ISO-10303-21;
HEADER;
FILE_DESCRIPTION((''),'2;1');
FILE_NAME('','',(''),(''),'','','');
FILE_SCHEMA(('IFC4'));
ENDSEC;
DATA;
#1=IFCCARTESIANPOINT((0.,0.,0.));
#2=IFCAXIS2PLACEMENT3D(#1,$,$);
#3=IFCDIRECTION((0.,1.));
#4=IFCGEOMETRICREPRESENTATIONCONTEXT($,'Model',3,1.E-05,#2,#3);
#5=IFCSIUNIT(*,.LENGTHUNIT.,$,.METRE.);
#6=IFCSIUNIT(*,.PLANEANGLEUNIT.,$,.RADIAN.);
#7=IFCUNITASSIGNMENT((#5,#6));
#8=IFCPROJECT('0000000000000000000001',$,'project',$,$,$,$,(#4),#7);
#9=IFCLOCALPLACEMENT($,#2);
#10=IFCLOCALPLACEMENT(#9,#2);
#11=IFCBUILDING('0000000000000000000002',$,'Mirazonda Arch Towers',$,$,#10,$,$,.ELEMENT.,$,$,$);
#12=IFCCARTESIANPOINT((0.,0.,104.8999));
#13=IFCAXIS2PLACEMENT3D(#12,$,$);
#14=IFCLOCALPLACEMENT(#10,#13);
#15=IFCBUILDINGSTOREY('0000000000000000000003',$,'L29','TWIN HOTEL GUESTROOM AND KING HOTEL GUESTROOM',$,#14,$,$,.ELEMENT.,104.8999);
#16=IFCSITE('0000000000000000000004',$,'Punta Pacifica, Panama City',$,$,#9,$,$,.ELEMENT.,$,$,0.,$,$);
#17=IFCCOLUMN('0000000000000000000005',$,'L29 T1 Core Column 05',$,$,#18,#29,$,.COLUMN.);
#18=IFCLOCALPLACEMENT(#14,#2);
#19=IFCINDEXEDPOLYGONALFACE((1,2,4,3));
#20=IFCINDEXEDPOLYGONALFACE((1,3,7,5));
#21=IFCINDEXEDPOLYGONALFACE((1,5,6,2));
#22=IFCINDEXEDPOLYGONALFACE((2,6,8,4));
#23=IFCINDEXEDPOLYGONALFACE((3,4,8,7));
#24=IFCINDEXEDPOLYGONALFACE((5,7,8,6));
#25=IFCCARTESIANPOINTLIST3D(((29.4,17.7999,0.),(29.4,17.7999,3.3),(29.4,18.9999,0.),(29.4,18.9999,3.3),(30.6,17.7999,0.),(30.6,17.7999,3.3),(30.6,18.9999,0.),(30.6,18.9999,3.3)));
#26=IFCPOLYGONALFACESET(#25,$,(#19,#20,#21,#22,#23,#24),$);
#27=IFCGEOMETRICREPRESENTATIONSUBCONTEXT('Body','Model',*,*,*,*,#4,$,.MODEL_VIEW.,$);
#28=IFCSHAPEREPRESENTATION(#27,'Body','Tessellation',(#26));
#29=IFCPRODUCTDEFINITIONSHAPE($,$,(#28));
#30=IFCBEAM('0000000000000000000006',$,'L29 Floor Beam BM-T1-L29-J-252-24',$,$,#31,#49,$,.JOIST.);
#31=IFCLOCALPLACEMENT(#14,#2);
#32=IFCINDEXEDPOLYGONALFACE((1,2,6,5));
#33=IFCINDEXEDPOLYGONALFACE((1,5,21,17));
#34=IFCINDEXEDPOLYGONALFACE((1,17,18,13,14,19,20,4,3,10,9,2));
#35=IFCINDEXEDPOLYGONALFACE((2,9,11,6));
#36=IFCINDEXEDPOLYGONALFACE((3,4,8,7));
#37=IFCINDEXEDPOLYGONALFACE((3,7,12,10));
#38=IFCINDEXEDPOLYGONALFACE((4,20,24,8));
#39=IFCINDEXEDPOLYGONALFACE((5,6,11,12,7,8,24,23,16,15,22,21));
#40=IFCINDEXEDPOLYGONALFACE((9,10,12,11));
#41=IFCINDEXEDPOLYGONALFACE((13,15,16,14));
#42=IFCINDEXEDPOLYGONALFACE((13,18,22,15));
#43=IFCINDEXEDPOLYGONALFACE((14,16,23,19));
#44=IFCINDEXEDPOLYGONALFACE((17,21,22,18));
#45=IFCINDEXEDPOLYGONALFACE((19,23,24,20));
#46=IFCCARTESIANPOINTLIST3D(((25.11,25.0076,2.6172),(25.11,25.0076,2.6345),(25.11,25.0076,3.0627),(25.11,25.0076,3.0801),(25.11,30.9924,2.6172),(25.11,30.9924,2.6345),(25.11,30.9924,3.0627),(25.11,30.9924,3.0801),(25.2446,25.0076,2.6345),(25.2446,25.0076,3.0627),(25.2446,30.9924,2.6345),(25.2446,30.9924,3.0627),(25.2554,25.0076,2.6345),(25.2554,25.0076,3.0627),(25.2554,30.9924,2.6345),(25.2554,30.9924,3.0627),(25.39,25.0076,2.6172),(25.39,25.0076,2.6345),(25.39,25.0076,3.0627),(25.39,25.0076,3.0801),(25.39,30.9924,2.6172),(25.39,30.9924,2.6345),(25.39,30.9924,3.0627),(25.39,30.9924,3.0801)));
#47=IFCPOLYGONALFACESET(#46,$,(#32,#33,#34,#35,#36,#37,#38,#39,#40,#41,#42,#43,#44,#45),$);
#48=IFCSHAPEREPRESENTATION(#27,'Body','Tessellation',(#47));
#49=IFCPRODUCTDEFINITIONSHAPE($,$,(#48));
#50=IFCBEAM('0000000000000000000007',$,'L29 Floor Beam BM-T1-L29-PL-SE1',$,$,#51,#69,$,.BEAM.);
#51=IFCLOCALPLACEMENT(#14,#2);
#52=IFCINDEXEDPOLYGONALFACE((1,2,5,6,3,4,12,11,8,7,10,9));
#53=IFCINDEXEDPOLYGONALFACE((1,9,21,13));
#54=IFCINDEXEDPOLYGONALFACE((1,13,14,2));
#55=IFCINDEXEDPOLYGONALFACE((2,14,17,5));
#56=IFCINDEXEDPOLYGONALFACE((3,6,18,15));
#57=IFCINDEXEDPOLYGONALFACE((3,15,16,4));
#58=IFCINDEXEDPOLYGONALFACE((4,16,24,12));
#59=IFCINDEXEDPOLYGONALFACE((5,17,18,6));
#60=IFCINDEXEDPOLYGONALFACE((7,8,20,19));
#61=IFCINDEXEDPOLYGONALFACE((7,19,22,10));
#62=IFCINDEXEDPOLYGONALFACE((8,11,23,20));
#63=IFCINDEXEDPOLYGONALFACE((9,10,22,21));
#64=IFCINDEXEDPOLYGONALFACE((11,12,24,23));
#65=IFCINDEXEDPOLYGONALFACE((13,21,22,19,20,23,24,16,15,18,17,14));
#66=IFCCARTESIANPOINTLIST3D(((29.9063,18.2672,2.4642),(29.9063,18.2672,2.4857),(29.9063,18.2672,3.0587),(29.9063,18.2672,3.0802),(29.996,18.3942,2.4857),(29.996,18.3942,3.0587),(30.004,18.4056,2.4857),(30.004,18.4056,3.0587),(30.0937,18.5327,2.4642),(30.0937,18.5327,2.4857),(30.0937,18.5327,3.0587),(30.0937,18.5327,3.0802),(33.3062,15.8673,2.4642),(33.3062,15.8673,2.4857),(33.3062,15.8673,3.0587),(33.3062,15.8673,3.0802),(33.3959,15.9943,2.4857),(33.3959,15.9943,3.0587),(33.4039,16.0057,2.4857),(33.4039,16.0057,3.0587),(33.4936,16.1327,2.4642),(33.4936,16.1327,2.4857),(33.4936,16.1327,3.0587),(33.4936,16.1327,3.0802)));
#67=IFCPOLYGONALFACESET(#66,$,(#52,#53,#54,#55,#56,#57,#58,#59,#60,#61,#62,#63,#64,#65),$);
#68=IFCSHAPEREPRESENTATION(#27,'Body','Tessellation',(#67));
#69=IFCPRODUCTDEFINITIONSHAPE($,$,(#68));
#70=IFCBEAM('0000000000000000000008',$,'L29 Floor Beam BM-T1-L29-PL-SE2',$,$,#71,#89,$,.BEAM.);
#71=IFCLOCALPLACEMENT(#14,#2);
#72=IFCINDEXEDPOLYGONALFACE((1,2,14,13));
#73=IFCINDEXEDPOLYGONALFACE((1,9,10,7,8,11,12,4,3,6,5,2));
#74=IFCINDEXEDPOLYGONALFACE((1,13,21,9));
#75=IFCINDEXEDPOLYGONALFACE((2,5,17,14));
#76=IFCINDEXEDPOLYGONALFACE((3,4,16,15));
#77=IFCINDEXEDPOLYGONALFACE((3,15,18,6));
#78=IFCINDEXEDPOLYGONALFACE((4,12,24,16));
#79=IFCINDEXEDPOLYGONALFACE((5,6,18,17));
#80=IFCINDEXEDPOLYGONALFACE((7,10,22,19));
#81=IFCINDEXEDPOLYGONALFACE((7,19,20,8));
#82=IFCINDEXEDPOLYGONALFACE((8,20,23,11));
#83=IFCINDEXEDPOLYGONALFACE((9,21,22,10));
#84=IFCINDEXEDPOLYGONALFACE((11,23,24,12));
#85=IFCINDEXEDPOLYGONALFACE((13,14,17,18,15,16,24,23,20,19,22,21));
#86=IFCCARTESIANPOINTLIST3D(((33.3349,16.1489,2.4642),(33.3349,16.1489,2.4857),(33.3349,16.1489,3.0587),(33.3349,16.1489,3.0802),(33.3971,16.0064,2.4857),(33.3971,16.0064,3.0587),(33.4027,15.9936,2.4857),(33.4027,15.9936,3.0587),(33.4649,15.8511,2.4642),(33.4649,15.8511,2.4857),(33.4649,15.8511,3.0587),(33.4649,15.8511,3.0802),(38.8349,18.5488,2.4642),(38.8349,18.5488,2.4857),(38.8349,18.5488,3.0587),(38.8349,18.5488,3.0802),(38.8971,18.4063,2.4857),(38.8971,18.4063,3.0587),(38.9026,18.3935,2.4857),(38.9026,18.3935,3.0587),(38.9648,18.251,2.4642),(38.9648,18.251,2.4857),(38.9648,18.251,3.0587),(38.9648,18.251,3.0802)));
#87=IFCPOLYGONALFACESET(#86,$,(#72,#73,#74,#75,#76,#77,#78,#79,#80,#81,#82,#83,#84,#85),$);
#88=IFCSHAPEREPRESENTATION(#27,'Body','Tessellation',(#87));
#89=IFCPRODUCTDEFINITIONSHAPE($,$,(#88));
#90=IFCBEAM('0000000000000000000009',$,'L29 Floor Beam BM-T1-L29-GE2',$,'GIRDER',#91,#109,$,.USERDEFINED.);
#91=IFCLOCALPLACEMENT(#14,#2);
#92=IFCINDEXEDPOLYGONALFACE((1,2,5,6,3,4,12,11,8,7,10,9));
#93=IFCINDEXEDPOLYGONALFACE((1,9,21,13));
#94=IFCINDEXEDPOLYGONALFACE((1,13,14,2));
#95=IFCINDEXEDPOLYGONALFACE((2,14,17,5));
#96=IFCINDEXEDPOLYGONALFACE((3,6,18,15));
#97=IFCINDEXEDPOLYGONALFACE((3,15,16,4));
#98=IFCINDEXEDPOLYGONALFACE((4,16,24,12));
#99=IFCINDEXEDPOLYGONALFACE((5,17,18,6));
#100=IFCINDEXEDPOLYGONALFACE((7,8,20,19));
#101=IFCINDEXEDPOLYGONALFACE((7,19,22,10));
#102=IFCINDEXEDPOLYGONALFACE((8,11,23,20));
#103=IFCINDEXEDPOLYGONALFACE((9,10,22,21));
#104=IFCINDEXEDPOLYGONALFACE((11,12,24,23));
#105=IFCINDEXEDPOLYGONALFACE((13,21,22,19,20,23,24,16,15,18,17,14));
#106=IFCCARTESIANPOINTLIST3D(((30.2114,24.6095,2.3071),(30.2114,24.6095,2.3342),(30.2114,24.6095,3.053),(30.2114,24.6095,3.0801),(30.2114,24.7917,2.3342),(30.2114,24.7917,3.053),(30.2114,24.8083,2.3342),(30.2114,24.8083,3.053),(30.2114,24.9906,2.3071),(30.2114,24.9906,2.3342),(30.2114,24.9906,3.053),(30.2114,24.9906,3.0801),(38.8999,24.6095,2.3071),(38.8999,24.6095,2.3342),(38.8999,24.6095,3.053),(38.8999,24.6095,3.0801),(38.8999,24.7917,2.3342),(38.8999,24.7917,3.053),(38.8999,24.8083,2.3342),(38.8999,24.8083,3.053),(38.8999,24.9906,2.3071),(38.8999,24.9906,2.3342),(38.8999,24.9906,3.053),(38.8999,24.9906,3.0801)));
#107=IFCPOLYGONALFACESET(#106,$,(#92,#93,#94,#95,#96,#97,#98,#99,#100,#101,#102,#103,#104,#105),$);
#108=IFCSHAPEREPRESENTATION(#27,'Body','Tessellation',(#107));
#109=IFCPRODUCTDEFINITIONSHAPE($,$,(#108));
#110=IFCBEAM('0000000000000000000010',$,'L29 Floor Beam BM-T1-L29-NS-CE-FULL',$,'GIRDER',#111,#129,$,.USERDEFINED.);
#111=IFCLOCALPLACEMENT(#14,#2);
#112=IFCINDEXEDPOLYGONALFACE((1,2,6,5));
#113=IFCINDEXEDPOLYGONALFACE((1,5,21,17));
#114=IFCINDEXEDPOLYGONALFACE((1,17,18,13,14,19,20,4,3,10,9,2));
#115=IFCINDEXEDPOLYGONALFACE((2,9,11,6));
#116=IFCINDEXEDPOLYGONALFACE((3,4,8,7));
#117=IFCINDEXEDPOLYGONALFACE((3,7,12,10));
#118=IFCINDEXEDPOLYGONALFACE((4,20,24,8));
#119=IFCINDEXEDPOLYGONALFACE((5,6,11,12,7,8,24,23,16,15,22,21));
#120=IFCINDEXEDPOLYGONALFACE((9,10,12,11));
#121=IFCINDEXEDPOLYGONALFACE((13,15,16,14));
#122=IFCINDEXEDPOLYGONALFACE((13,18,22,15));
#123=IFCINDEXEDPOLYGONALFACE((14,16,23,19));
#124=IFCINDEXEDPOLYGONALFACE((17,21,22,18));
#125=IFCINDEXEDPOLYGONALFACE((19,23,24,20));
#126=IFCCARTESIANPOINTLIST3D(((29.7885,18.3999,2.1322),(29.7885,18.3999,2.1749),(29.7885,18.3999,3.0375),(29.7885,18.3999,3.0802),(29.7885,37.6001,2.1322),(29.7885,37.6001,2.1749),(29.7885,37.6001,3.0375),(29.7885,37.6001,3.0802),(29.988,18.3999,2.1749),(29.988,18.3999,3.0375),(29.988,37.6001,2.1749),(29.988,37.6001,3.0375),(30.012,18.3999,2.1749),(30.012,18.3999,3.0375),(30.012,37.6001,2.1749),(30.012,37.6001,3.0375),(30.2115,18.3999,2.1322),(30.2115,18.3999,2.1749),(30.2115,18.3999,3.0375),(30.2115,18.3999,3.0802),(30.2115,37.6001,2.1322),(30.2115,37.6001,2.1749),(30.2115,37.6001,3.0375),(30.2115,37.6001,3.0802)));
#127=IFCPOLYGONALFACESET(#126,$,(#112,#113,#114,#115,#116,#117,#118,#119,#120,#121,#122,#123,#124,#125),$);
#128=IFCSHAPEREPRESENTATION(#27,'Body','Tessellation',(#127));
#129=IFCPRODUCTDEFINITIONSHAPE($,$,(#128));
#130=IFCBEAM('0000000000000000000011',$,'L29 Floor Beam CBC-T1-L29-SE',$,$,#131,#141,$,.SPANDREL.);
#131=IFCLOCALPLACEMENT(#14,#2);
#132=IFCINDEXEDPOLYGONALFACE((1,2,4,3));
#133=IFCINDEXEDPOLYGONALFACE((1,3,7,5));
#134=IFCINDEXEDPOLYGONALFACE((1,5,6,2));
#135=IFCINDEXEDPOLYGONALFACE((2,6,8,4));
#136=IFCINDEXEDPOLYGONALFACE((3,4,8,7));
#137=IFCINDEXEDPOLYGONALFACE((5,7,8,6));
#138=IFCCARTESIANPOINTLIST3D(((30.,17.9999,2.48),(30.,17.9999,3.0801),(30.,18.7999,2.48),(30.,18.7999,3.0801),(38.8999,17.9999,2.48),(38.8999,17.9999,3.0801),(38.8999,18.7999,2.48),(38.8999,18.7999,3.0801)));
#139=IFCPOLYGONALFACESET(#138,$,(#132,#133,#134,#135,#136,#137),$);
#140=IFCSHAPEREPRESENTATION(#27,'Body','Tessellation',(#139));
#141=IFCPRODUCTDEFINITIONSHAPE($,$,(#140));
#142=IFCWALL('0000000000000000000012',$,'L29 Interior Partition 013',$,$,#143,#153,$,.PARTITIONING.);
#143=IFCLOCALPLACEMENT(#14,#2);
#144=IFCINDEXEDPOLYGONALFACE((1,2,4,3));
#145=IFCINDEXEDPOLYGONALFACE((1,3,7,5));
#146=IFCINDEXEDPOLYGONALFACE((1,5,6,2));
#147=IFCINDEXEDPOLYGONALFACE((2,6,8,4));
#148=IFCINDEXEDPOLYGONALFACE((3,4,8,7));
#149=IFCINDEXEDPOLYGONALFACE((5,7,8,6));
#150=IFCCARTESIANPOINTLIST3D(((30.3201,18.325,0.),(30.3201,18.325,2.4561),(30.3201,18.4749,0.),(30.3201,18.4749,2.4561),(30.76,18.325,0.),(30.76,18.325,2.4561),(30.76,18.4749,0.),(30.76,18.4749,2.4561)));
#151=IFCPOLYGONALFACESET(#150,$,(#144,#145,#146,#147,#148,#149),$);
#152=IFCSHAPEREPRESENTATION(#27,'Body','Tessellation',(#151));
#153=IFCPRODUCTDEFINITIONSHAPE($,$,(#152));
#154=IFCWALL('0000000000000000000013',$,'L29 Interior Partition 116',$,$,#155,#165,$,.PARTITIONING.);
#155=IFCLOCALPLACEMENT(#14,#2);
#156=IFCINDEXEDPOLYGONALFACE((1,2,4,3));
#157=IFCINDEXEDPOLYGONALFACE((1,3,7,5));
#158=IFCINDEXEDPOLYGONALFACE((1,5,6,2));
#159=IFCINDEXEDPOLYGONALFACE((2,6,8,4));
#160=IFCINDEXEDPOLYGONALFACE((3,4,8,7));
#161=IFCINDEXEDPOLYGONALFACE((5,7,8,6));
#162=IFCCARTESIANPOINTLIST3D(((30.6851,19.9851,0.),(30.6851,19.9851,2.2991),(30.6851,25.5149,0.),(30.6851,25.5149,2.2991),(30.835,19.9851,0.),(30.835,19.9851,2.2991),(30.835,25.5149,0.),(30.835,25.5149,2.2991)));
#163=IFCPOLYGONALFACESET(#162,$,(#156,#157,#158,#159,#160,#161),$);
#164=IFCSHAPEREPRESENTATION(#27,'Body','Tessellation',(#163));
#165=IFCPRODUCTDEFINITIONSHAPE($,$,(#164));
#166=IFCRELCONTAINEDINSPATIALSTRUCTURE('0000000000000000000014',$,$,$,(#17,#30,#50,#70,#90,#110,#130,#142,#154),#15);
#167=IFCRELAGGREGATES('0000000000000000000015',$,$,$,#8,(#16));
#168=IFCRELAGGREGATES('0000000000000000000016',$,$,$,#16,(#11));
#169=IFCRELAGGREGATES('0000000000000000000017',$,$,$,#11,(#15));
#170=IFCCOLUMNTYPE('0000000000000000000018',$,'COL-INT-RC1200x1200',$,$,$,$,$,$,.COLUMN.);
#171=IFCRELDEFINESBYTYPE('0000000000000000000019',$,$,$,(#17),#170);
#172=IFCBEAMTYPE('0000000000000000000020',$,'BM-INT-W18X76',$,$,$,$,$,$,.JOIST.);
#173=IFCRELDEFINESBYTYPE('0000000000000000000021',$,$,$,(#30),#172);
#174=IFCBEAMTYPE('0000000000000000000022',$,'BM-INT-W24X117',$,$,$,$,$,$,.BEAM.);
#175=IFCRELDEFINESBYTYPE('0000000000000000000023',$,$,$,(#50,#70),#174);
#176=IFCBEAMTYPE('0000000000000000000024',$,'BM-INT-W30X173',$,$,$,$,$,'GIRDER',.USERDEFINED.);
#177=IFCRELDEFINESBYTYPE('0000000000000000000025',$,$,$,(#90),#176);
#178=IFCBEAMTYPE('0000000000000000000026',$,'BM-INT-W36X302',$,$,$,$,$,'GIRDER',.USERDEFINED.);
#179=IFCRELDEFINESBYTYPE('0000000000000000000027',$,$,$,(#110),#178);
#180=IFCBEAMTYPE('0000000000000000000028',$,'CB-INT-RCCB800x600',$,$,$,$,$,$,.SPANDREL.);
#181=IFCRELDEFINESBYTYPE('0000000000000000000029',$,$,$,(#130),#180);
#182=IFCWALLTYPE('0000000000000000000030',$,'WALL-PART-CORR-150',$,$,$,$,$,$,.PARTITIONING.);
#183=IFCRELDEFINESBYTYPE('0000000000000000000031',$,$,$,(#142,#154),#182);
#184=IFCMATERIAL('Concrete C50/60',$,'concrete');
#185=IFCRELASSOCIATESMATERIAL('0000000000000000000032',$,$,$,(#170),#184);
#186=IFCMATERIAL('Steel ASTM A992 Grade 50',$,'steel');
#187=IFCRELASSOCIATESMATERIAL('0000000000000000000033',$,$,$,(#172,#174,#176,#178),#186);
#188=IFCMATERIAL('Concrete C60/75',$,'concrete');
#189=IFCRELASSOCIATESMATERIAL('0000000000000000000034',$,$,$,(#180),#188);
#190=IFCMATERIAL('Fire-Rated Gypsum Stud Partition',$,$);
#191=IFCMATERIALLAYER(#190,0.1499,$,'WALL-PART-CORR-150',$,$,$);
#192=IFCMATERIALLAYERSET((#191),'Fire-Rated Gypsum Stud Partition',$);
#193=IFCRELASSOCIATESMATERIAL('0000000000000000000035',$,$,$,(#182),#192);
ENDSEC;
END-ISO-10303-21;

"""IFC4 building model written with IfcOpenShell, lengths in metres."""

from ifc_helpers import new_model, si_unit, direction, frame, frame_2d, origin, origin_2d, place, context, subcontext, project, spatial, rectangle, i_section, extrude, material, layer, layer_set, material_profile, profile_set, type_object, element, save


model = new_model("IFC4")

# Units and contexts
model_context = context("Model", 3, precision=1e-05, world=origin(), true_north=direction((0.0, 1.0)))
body_context = subcontext(model_context, "Body", "Model", "MODEL_VIEW")
ifc_project = project(units=[si_unit("LENGTHUNIT", "METRE"), si_unit("PLANEANGLEUNIT", "RADIAN")], contexts=[model_context])

# Site, building, storey
site_placement = place(None, origin())
site = spatial("IfcSite", under=ifc_project, at=site_placement, Name="Punta Pacifica, Panama City", CompositionType="ELEMENT", RefElevation=0.0)
building_placement = place(site_placement, origin())
building = spatial("IfcBuilding", under=site, at=building_placement, Name="Mirazonda Arch Towers", CompositionType="ELEMENT")
storey_placement = place(building_placement, frame((0.0, 0.0, 104.8999)))
storey = spatial("IfcBuildingStorey", under=building, at=storey_placement, Name="L29", Description="TWIN HOTEL GUESTROOM AND KING HOTEL GUESTROOM", CompositionType="ELEMENT", Elevation=104.8999)

# Column
ifc_material_1 = material(Name="Concrete C50/60", Category="concrete")
ifc_material_profile_1 = material_profile(ifc_material_1, rectangle(XDim=1.2, YDim=1.2, at=origin_2d()), Name="RC1200x1200")
ifc_profile_set_1 = profile_set([ifc_material_profile_1], Name="Concrete C50/60")
column_type = type_object("IfcColumnType", Name="COL-INT-RC1200x1200", PredefinedType="COLUMN", material=ifc_profile_set_1)
column_placement = place(storey_placement, frame((30.0, 18.3999, 0.0), z_axis=(0.0, 0.0, 1.0), x_axis=(1.0, 0.0, 0.0)))
element("IfcColumn", 1, at=column_placement, inside=storey, type_object=column_type, Name="L29 T1 Core Column 05", PredefinedType="COLUMN", context=body_context, shape_type="SweptSolid", body=[
    extrude(rectangle(XDim=1.2, YDim=1.2, at=origin_2d()), origin(), (0.0, 0.0, 1.0), 3.3),
])

# Beams
ifc_material_2 = material(Name="Steel ASTM A992 Grade 50", Category="steel")
ifc_material_profile_2 = material_profile(ifc_material_2, i_section(OverallWidth=0.28, OverallDepth=0.4629, WebThickness=0.0107, FlangeThickness=0.0173, at=origin_2d()), Name="W18X76")
ifc_profile_set_2 = profile_set([ifc_material_profile_2], Name="Steel ASTM A992 Grade 50")
beam_type_1 = type_object("IfcBeamType", Name="BM-INT-W18X76", PredefinedType="JOIST", material=ifc_profile_set_2)
beam_1_placement = place(storey_placement, frame((25.25, 25.0076, 2.8486), z_axis=(0.0, 1.0, 0.0), x_axis=(-1.0, 0.0, 0.0)))
element("IfcBeam", 2, at=beam_1_placement, inside=storey, type_object=beam_type_1, Name="L29 Floor Beam BM-T1-L29-J-252-24", PredefinedType="JOIST", context=body_context, shape_type="SweptSolid", body=[
    extrude(i_section(OverallWidth=0.28, OverallDepth=0.4629, WebThickness=0.0107, FlangeThickness=0.0173, at=origin_2d()), origin(), (0.0, 0.0, 1.0), 5.9849),
])
ifc_material_profile_3 = material_profile(ifc_material_2, i_section(OverallWidth=0.325, OverallDepth=0.616, WebThickness=0.0139, FlangeThickness=0.0215, at=origin_2d()), Name="W24X117")
ifc_profile_set_3 = profile_set([ifc_material_profile_3], Name="Steel ASTM A992 Grade 50")
beam_type_2 = type_object("IfcBeamType", Name="BM-INT-W24X117", PredefinedType="BEAM", material=ifc_profile_set_3)
beam_2_placement = place(storey_placement, frame((33.3999, 16.0, 2.7722), z_axis=(-0.816971, 0.576679, 0.0), x_axis=(-0.576679, -0.816971, 0.0)))
element("IfcBeam", 3, at=beam_2_placement, inside=storey, type_object=beam_type_2, Name="L29 Floor Beam BM-T1-L29-PL-SE1", PredefinedType="BEAM", context=body_context, shape_type="SweptSolid", body=[
    extrude(i_section(OverallWidth=0.325, OverallDepth=0.616, WebThickness=0.0139, FlangeThickness=0.0215, at=origin_2d()), origin(), (0.0, 0.0, 1.0), 4.1616),
])
beam_3_placement = place(storey_placement, frame((33.3999, 16.0, 2.7722), z_axis=(0.916545, 0.399931, 0.0), x_axis=(-0.399931, 0.916545, 0.0)))
element("IfcBeam", 4, at=beam_3_placement, inside=storey, type_object=beam_type_2, Name="L29 Floor Beam BM-T1-L29-PL-SE2", PredefinedType="BEAM", context=body_context, shape_type="SweptSolid", body=[
    extrude(i_section(OverallWidth=0.325, OverallDepth=0.616, WebThickness=0.0139, FlangeThickness=0.0215, at=origin_2d()), origin(), (0.0, 0.0, 1.0), 6.0007),
])
ifc_material_profile_4 = material_profile(ifc_material_2, i_section(OverallWidth=0.3811, OverallDepth=0.7729, WebThickness=0.0166, FlangeThickness=0.0271, at=origin_2d()), Name="W30X173")
ifc_profile_set_4 = profile_set([ifc_material_profile_4], Name="Steel ASTM A992 Grade 50")
beam_type_3 = type_object("IfcBeamType", Name="BM-INT-W30X173", ElementType="GIRDER", PredefinedType="USERDEFINED", material=ifc_profile_set_4)
beam_4_placement = place(storey_placement, frame((30.2114, 24.8, 2.6936), z_axis=(1.0, 0.0, 0.0), x_axis=(0.0, 1.0, 0.0)))
element("IfcBeam", 5, at=beam_4_placement, inside=storey, type_object=beam_type_3, Name="L29 Floor Beam BM-T1-L29-GE2", ObjectType="GIRDER", PredefinedType="USERDEFINED", context=body_context, shape_type="SweptSolid", body=[
    extrude(i_section(OverallWidth=0.3811, OverallDepth=0.7729, WebThickness=0.0166, FlangeThickness=0.0271, at=origin_2d()), origin(), (0.0, 0.0, 1.0), 8.6885),
])
ifc_material_profile_5 = material_profile(ifc_material_2, i_section(OverallWidth=0.4231, OverallDepth=0.948, WebThickness=0.0239, FlangeThickness=0.0427, at=origin_2d()), Name="W36X302")
ifc_profile_set_5 = profile_set([ifc_material_profile_5], Name="Steel ASTM A992 Grade 50")
beam_type_4 = type_object("IfcBeamType", Name="BM-INT-W36X302", ElementType="GIRDER", PredefinedType="USERDEFINED", material=ifc_profile_set_5)
beam_5_placement = place(storey_placement, frame((30.0, 18.3999, 2.6062), z_axis=(0.0, 1.0, 0.0), x_axis=(-1.0, 0.0, 0.0)))
element("IfcBeam", 6, at=beam_5_placement, inside=storey, type_object=beam_type_4, Name="L29 Floor Beam BM-T1-L29-NS-CE-FULL", ObjectType="GIRDER", PredefinedType="USERDEFINED", context=body_context, shape_type="SweptSolid", body=[
    extrude(i_section(OverallWidth=0.4231, OverallDepth=0.948, WebThickness=0.0239, FlangeThickness=0.0427, at=origin_2d()), origin(), (0.0, 0.0, 1.0), 19.2002),
])
ifc_material_3 = material(Name="Concrete C60/75", Category="concrete")
ifc_material_profile_6 = material_profile(ifc_material_3, rectangle(XDim=0.8, YDim=0.6001, at=origin_2d()), Name="RCCB800x600")
ifc_profile_set_6 = profile_set([ifc_material_profile_6], Name="Concrete C60/75")
beam_type_5 = type_object("IfcBeamType", Name="CB-INT-RCCB800x600", PredefinedType="SPANDREL", material=ifc_profile_set_6)
beam_6_placement = place(storey_placement, frame((30.0, 18.3999, 2.78), z_axis=(1.0, 0.0, 0.0), x_axis=(0.0, 1.0, 0.0)))
element("IfcBeam", 7, at=beam_6_placement, inside=storey, type_object=beam_type_5, Name="L29 Floor Beam CBC-T1-L29-SE", PredefinedType="SPANDREL", context=body_context, shape_type="SweptSolid", body=[
    extrude(rectangle(XDim=0.8, YDim=0.6001, at=origin_2d()), origin(), (0.0, 0.0, 1.0), 8.8999),
])

# Walls
ifc_material_4 = material(Name="Fire-Rated Gypsum Stud Partition")
ifc_layer_1 = layer(ifc_material_4, 0.1499, Name="WALL-PART-CORR-150")
ifc_layer_set_1 = layer_set([ifc_layer_1], Name="Fire-Rated Gypsum Stud Partition")
wall_type_1 = type_object("IfcWallType", Name="WALL-PART-CORR-150", PredefinedType="PARTITIONING", material=ifc_layer_set_1)
wall_1_placement = place(storey_placement, frame((30.3201, 18.3999, 0.0), z_axis=(0.0, 0.0, 1.0), x_axis=(1.0, 0.0, 0.0)))
element("IfcWall", 8, at=wall_1_placement, inside=storey, type_object=wall_type_1, Name="L29 Interior Partition 013", PredefinedType="PARTITIONING", context=body_context, shape_type="SweptSolid", body=[
    extrude(rectangle(XDim=0.4399, YDim=0.1499, at=frame_2d((0.22, 0.0))), origin(), (0.0, 0.0, 1.0), 2.4561),
])
wall_2_placement = place(storey_placement, frame((30.76, 19.9851, 0.0), z_axis=(0.0, 0.0, 1.0), x_axis=(0.0, 1.0, 0.0)))
element("IfcWall", 9, at=wall_2_placement, inside=storey, type_object=wall_type_1, Name="L29 Interior Partition 116", PredefinedType="PARTITIONING", context=body_context, shape_type="SweptSolid", body=[
    extrude(rectangle(XDim=5.5298, YDim=0.1499, at=frame_2d((2.7649, 0.0))), origin(), (0.0, 0.0, 1.0), 2.2991),
])

save(model, "model.ifc")
